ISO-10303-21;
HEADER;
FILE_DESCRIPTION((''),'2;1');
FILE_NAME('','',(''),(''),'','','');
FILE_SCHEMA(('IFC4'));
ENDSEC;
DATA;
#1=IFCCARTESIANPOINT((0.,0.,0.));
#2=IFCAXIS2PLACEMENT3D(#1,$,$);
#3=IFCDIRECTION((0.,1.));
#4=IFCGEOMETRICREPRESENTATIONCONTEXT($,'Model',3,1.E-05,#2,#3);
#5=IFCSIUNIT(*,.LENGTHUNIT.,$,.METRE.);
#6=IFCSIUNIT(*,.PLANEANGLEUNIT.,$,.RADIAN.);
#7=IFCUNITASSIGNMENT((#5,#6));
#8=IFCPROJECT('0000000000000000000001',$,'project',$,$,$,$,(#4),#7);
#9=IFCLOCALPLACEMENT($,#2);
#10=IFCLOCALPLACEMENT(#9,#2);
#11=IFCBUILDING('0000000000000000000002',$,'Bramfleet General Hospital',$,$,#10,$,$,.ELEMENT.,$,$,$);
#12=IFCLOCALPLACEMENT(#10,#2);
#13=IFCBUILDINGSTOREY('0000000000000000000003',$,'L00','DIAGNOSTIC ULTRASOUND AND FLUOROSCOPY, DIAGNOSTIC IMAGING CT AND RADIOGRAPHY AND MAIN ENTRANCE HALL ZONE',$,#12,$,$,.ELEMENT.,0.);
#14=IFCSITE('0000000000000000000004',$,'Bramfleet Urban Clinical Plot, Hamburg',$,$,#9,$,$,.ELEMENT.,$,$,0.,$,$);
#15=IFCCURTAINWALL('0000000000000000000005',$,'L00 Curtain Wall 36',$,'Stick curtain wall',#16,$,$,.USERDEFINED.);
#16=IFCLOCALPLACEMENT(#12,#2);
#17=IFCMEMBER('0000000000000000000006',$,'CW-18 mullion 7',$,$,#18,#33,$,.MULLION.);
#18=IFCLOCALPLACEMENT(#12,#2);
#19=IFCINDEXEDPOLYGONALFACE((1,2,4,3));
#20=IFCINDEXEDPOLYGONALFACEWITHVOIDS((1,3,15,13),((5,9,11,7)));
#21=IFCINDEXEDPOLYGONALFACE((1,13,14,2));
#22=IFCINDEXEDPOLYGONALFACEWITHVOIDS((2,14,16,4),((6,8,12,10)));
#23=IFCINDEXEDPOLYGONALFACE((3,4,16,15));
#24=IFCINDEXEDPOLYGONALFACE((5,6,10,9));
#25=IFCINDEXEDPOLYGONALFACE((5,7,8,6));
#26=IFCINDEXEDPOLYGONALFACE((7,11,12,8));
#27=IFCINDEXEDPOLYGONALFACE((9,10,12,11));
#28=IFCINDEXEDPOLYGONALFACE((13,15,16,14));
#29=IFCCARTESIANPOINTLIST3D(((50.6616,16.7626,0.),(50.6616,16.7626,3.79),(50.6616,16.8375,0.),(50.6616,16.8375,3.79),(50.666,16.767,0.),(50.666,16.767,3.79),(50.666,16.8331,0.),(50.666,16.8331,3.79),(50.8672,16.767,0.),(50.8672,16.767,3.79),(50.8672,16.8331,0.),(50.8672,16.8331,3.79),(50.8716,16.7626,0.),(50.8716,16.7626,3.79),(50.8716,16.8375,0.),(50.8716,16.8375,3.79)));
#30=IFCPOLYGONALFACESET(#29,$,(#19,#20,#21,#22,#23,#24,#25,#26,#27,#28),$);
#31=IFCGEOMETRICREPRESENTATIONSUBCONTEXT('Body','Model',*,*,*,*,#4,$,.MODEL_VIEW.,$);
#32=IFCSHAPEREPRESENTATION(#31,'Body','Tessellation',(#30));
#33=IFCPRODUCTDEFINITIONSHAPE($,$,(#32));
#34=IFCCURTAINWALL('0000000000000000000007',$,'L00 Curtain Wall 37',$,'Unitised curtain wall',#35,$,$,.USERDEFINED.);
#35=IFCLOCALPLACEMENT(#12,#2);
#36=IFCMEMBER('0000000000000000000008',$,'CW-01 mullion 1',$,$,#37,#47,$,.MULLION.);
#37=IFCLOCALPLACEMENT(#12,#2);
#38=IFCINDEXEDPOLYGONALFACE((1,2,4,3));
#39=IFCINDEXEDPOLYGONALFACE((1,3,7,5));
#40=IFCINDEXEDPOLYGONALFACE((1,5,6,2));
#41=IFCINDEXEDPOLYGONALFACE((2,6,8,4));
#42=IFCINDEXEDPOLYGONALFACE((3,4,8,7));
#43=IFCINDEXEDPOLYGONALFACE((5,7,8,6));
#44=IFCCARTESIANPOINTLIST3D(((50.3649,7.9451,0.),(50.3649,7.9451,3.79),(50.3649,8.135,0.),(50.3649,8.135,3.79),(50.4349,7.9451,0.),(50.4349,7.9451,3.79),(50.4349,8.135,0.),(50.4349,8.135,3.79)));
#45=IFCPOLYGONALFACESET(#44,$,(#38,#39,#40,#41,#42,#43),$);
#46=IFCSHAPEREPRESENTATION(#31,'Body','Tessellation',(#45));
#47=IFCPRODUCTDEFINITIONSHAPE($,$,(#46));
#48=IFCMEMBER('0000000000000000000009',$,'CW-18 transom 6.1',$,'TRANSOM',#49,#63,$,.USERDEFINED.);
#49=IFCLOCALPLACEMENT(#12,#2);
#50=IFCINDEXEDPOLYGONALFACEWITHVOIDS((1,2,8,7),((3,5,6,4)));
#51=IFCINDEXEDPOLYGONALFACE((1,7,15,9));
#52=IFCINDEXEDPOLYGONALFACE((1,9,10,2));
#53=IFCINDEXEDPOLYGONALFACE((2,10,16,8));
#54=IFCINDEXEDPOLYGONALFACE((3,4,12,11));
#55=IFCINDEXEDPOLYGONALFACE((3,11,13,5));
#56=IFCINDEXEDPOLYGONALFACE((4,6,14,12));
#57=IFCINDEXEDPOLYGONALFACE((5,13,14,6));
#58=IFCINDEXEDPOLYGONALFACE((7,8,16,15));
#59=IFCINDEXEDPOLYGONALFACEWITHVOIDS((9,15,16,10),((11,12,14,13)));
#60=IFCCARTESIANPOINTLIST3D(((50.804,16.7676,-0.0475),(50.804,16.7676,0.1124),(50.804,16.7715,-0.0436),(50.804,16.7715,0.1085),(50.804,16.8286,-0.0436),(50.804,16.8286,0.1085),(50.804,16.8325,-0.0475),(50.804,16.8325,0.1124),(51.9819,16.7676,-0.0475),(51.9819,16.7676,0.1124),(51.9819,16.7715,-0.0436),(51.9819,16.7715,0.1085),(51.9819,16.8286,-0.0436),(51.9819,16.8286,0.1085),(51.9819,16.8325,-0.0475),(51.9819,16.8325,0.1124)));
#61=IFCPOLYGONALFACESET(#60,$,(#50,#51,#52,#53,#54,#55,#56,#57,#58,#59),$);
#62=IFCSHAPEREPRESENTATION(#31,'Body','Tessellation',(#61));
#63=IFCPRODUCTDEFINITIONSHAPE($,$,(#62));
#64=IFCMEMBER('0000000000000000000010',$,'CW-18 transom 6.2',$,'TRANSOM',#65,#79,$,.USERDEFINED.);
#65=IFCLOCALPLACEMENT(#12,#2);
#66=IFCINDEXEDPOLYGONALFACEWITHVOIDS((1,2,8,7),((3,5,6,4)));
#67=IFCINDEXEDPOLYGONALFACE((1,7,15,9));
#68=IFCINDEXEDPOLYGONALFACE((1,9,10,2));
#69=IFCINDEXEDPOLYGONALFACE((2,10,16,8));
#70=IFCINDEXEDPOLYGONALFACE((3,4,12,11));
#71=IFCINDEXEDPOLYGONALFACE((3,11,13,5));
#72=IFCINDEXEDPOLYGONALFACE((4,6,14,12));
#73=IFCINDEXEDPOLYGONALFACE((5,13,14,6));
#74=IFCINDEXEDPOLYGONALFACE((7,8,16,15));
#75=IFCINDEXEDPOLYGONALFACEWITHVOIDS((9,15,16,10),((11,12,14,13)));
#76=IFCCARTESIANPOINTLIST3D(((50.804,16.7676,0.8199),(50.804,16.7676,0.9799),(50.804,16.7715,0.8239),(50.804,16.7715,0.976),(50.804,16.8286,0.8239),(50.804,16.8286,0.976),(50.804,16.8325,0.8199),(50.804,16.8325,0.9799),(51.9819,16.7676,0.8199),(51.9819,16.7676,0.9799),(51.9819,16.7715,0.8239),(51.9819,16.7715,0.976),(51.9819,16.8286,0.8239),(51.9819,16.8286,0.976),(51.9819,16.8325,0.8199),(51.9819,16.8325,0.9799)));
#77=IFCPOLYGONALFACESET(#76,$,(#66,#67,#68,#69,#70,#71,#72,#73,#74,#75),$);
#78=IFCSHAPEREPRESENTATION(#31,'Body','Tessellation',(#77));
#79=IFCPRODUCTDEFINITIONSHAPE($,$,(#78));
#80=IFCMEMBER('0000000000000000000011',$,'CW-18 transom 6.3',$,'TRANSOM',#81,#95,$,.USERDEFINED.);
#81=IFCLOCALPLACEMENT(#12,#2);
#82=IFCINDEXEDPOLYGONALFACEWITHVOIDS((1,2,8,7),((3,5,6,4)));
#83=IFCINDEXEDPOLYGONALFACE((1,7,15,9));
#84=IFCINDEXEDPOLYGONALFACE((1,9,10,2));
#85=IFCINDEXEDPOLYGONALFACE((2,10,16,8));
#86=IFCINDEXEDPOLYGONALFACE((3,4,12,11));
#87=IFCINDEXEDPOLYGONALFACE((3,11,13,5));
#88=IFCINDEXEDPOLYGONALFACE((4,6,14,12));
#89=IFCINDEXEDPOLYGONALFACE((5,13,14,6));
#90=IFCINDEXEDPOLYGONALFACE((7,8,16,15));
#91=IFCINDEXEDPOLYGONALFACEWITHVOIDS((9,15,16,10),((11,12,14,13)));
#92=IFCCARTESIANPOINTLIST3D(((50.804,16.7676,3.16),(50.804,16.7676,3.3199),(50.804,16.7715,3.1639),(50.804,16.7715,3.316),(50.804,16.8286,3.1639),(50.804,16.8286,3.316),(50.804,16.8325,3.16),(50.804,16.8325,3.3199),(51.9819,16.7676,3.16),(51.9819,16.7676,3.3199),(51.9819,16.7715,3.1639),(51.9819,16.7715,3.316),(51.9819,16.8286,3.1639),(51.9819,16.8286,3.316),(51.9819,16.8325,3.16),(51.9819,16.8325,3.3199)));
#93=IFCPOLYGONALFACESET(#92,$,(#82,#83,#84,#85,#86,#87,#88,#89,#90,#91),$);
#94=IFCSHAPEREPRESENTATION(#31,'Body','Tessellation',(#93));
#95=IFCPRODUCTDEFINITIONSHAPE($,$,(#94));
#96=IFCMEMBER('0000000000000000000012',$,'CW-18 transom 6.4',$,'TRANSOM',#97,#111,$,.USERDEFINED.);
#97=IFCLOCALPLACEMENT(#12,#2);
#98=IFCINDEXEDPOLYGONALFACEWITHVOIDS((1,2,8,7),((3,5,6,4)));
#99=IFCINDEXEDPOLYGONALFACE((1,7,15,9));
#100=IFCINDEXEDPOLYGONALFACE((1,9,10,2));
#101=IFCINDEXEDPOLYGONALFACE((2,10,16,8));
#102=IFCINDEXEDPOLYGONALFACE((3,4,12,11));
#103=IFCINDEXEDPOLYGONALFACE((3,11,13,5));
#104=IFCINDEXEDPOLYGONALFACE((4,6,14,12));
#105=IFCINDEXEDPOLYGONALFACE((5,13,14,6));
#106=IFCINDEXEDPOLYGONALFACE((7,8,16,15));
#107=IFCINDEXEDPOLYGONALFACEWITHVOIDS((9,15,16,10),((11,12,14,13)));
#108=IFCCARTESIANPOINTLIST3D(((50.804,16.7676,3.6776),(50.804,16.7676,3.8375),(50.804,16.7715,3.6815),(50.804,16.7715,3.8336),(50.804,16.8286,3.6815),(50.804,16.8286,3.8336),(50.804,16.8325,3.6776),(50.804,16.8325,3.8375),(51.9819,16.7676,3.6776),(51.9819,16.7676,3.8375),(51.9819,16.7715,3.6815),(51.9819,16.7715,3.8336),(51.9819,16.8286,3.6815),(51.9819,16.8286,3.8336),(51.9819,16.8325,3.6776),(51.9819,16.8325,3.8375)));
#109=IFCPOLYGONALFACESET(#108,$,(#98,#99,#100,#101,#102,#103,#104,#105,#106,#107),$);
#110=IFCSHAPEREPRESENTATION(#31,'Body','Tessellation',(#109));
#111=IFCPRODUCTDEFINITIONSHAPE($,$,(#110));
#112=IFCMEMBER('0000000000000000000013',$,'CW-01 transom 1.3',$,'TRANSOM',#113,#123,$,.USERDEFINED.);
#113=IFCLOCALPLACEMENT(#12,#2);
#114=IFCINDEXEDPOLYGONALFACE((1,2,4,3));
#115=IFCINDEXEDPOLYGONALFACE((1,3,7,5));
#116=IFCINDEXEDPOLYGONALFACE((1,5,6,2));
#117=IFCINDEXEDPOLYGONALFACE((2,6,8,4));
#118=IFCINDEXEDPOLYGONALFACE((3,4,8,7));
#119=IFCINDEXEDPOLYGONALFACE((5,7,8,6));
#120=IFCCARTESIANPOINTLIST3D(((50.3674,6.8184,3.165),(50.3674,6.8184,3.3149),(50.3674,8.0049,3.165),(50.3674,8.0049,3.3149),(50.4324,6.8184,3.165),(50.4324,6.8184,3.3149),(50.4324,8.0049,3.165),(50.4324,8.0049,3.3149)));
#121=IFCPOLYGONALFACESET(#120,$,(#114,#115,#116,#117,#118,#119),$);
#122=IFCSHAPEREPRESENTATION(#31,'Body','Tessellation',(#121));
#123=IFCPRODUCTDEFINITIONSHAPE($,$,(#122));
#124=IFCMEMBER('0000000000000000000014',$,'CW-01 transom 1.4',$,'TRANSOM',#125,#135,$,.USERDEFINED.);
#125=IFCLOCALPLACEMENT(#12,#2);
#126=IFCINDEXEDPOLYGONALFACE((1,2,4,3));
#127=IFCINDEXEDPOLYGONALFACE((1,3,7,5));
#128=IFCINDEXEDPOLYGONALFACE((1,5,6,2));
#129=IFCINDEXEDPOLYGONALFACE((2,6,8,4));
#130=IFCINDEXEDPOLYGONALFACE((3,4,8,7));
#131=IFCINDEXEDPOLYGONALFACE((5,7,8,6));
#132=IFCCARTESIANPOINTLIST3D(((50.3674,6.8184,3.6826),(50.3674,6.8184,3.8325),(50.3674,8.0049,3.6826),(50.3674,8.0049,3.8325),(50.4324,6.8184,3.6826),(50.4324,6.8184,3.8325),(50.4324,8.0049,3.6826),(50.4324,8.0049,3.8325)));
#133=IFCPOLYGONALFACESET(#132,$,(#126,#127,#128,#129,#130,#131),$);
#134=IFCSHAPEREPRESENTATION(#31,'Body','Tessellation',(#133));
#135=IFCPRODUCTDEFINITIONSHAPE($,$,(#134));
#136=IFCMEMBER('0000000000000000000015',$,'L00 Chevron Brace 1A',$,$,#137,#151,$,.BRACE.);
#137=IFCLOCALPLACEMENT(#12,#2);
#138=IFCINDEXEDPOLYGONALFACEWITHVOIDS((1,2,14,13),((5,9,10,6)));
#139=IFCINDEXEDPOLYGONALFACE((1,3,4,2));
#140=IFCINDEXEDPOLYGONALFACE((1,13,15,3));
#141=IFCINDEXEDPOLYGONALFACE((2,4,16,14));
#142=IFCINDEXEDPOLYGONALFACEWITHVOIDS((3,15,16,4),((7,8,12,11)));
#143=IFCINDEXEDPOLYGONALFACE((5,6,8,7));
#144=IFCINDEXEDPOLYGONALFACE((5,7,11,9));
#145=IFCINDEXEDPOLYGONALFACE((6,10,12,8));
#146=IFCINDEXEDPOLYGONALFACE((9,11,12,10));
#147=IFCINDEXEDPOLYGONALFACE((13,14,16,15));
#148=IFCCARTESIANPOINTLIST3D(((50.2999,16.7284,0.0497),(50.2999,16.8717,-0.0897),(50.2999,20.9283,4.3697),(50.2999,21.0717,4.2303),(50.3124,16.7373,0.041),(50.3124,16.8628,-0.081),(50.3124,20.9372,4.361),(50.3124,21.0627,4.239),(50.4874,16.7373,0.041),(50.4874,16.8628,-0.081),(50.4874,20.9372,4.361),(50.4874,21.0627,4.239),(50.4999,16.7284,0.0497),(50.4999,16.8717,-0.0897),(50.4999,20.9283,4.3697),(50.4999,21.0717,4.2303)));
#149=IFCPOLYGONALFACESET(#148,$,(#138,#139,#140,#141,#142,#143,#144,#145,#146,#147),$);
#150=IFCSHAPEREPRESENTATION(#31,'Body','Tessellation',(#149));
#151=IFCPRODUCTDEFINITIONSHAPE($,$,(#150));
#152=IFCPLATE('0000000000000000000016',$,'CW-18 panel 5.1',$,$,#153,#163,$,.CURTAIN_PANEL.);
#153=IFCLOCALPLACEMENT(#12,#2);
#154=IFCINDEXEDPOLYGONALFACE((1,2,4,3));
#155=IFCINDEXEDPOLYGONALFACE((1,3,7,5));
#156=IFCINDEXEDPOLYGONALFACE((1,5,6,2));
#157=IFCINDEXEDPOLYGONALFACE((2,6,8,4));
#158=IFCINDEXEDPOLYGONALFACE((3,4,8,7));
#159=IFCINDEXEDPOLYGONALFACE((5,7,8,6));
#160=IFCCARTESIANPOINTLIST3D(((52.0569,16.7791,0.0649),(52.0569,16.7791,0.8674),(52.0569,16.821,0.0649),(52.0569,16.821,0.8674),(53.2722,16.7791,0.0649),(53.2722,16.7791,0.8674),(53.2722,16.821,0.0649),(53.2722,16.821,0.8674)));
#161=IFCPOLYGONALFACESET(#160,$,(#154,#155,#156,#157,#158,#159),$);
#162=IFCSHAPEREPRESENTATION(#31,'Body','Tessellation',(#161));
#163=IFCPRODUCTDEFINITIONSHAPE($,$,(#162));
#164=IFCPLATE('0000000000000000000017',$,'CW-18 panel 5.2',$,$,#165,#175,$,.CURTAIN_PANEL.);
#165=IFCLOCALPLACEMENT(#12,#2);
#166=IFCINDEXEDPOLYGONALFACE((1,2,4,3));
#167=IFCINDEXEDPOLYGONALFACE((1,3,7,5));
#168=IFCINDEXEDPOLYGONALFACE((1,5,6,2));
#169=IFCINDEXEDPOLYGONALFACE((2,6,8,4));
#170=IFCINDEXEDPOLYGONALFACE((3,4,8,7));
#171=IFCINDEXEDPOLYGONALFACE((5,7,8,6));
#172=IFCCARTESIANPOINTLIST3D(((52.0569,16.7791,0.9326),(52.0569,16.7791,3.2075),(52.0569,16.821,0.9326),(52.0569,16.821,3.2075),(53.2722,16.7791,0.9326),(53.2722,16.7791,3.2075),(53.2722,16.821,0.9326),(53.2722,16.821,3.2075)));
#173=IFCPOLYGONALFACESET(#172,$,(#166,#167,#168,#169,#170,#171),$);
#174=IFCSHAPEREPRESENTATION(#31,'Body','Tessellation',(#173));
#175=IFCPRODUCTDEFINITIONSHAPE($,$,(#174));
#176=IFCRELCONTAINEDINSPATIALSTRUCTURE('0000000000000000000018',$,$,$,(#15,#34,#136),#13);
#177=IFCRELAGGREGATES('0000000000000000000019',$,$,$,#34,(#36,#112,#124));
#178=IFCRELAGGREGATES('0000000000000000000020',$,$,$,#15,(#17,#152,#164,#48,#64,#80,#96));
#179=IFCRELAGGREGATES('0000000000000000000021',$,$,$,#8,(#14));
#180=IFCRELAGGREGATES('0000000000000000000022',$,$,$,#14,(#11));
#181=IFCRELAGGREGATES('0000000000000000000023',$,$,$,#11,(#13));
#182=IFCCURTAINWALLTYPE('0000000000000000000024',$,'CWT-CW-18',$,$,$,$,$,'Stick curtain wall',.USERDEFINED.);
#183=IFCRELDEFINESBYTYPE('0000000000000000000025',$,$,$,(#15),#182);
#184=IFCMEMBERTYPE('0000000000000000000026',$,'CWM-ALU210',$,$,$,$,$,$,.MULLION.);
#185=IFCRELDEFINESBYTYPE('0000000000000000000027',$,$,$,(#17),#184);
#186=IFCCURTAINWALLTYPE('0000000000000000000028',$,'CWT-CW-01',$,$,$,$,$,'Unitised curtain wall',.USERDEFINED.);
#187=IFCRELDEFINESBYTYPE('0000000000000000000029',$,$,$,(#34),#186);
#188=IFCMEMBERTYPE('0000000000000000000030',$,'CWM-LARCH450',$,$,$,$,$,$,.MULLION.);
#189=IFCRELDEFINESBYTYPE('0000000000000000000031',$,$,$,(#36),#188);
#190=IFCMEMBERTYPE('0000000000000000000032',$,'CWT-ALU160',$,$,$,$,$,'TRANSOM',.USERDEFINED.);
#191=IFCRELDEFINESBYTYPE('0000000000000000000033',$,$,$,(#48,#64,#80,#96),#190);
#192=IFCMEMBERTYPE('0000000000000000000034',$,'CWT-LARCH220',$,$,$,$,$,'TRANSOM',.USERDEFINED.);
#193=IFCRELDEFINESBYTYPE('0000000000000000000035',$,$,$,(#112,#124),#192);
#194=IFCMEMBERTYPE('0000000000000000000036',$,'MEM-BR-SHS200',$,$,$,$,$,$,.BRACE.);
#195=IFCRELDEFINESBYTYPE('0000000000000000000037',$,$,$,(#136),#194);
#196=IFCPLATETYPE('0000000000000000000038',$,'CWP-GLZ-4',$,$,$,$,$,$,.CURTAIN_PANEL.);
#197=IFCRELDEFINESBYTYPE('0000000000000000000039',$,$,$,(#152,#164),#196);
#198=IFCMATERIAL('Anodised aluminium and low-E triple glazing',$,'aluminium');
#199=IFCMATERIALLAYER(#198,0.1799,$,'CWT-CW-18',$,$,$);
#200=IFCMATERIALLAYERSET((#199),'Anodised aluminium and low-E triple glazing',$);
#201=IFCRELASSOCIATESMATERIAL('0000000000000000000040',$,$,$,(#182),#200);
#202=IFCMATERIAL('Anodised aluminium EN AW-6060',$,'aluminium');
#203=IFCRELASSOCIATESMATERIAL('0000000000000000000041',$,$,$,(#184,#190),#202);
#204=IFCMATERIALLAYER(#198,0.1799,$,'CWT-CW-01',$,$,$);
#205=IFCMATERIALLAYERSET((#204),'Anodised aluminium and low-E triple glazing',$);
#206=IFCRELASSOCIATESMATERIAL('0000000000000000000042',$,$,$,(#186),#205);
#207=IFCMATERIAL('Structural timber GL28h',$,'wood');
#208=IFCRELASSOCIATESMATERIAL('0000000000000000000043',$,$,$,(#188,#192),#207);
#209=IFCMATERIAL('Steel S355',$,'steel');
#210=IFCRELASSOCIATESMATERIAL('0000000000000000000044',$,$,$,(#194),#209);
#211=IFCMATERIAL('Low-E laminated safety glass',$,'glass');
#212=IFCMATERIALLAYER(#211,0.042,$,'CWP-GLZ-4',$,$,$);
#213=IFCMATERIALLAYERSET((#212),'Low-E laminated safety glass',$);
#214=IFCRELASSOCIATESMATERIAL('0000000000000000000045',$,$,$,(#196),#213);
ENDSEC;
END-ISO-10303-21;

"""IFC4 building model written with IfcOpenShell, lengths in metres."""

from ifc_helpers import new_model, si_unit, direction, frame, origin, origin_2d, place, context, subcontext, project, spatial, rectangle, hollow_rectangle, extrude, material, layer, layer_set, material_profile, profile_set, type_object, element, aggregate, save


model = new_model("IFC4")

# Units and contexts
model_context = context("Model", 3, precision=1e-05, world=origin(), true_north=direction((0.0, 1.0)))
body_context = subcontext(model_context, "Body", "Model", "MODEL_VIEW")
ifc_project = project(units=[si_unit("LENGTHUNIT", "METRE"), si_unit("PLANEANGLEUNIT", "RADIAN")], contexts=[model_context])

# Site, building, storey
site_placement = place(None, origin())
site = spatial("IfcSite", under=ifc_project, at=site_placement, Name="Bramfleet Urban Clinical Plot, Hamburg", CompositionType="ELEMENT", RefElevation=0.0)
building_placement = place(site_placement, origin())
building = spatial("IfcBuilding", under=site, at=building_placement, Name="Bramfleet General Hospital", CompositionType="ELEMENT")
storey_placement = place(building_placement, origin())
storey = spatial("IfcBuildingStorey", under=building, at=storey_placement, Name="L00", Description="DIAGNOSTIC ULTRASOUND AND FLUOROSCOPY, DIAGNOSTIC IMAGING CT AND RADIOGRAPHY AND MAIN ENTRANCE HALL ZONE", CompositionType="ELEMENT", Elevation=0.0)

# Shared definitions
ifc_material_1 = material(Name="Steel S355", Category="steel")

# Curtain wall, member
ifc_material_2 = material(Name="Anodised aluminium and low-E triple glazing", Category="aluminium")
ifc_layer_1 = layer(ifc_material_2, 0.1799, Name="CWT-CW-18")
ifc_layer_set_1 = layer_set([ifc_layer_1], Name="Anodised aluminium and low-E triple glazing")
curtain_wall_type_1 = type_object("IfcCurtainWallType", Name="CWT-CW-18", ElementType="Stick curtain wall", PredefinedType="USERDEFINED", material=ifc_layer_set_1)
curtain_wall_1_placement = place(storey_placement, origin())
curtain_wall_1 = element("IfcCurtainWall", 1, at=curtain_wall_1_placement, inside=storey, type_object=curtain_wall_type_1, Name="L00 Curtain Wall 36", ObjectType="Stick curtain wall", PredefinedType="USERDEFINED")
ifc_material_3 = material(Name="Anodised aluminium EN AW-6060", Category="aluminium")
ifc_material_profile_1 = material_profile(ifc_material_3, hollow_rectangle(XDim=0.075, YDim=0.21, WallThickness=0.0044, at=origin_2d()), Name="ALU 210x75x4.5")
ifc_profile_set_1 = profile_set([ifc_material_profile_1], Name="Anodised aluminium EN AW-6060")
member_type_1 = type_object("IfcMemberType", Name="CWM-ALU210", PredefinedType="MULLION", material=ifc_profile_set_1)
member_1_placement = place(storey_placement, frame((50.7666, 16.8, 0.0), z_axis=(0.0, 0.0, 1.0), x_axis=(0.0, -1.0, 0.0)))
member_1 = element("IfcMember", 2, at=member_1_placement, type_object=member_type_1, Name="CW-18 mullion 7", PredefinedType="MULLION", context=body_context, shape_type="SweptSolid", body=[
    extrude(hollow_rectangle(XDim=0.075, YDim=0.21, WallThickness=0.0044, at=origin_2d()), origin(), (0.0, 0.0, 1.0), 3.79),
])

# Curtain wall, member
ifc_layer_2 = layer(ifc_material_2, 0.1799, Name="CWT-CW-01")
ifc_layer_set_2 = layer_set([ifc_layer_2], Name="Anodised aluminium and low-E triple glazing")
curtain_wall_type_2 = type_object("IfcCurtainWallType", Name="CWT-CW-01", ElementType="Unitised curtain wall", PredefinedType="USERDEFINED", material=ifc_layer_set_2)
curtain_wall_2_placement = place(storey_placement, origin())
curtain_wall_2 = element("IfcCurtainWall", 3, at=curtain_wall_2_placement, inside=storey, type_object=curtain_wall_type_2, Name="L00 Curtain Wall 37", ObjectType="Unitised curtain wall", PredefinedType="USERDEFINED")
ifc_material_4 = material(Name="Structural timber GL28h", Category="wood")
ifc_material_profile_2 = material_profile(ifc_material_4, rectangle(XDim=0.0701, YDim=0.1899, at=origin_2d()), Name="LARCH 190x70")
ifc_profile_set_2 = profile_set([ifc_material_profile_2], Name="Structural timber GL28h")
member_type_2 = type_object("IfcMemberType", Name="CWM-LARCH450", PredefinedType="MULLION", material=ifc_profile_set_2)
member_2_placement = place(storey_placement, frame((50.3999, 8.04, 0.0), z_axis=(0.0, 0.0, 1.0), x_axis=(1.0, 0.0, 0.0)))
member_2 = element("IfcMember", 4, at=member_2_placement, type_object=member_type_2, Name="CW-01 mullion 1", PredefinedType="MULLION", context=body_context, shape_type="SweptSolid", body=[
    extrude(rectangle(XDim=0.0701, YDim=0.1899, at=origin_2d()), origin(), (0.0, 0.0, 1.0), 3.79),
])

# Members
ifc_material_profile_3 = material_profile(ifc_material_3, hollow_rectangle(XDim=0.0649, YDim=0.1599, WallThickness=0.0039, at=origin_2d()), Name="ALU 160x65x4.0")
ifc_profile_set_3 = profile_set([ifc_material_profile_3], Name="Anodised aluminium EN AW-6060")
member_type_3 = type_object("IfcMemberType", Name="CWT-ALU160", ElementType="TRANSOM", PredefinedType="USERDEFINED", material=ifc_profile_set_3)
member_3_placement = place(storey_placement, frame((51.9819, 16.8, 0.0325), z_axis=(-1.0, 0.0, 0.0), x_axis=(0.0, -1.0, 0.0)))
member_3 = element("IfcMember", 5, at=member_3_placement, type_object=member_type_3, Name="CW-18 transom 6.1", ObjectType="TRANSOM", PredefinedType="USERDEFINED", context=body_context, shape_type="SweptSolid", body=[
    extrude(hollow_rectangle(XDim=0.0649, YDim=0.1599, WallThickness=0.0039, at=origin_2d()), origin(), (0.0, 0.0, 1.0), 1.178),
])
member_4_placement = place(storey_placement, frame((51.9819, 16.8, 0.8999), z_axis=(-1.0, 0.0, 0.0), x_axis=(0.0, -1.0, 0.0)))
member_4 = element("IfcMember", 6, at=member_4_placement, type_object=member_type_3, Name="CW-18 transom 6.2", ObjectType="TRANSOM", PredefinedType="USERDEFINED", context=body_context, shape_type="SweptSolid", body=[
    extrude(hollow_rectangle(XDim=0.0649, YDim=0.1599, WallThickness=0.0039, at=origin_2d()), origin(), (0.0, 0.0, 1.0), 1.178),
])
member_5_placement = place(storey_placement, frame((51.9819, 16.8, 3.24), z_axis=(-1.0, 0.0, 0.0), x_axis=(0.0, -1.0, 0.0)))
member_5 = element("IfcMember", 7, at=member_5_placement, type_object=member_type_3, Name="CW-18 transom 6.3", ObjectType="TRANSOM", PredefinedType="USERDEFINED", context=body_context, shape_type="SweptSolid", body=[
    extrude(hollow_rectangle(XDim=0.0649, YDim=0.1599, WallThickness=0.0039, at=origin_2d()), origin(), (0.0, 0.0, 1.0), 1.178),
])
member_6_placement = place(storey_placement, frame((51.9819, 16.8, 3.7576), z_axis=(-1.0, 0.0, 0.0), x_axis=(0.0, -1.0, 0.0)))
member_6 = element("IfcMember", 8, at=member_6_placement, type_object=member_type_3, Name="CW-18 transom 6.4", ObjectType="TRANSOM", PredefinedType="USERDEFINED", context=body_context, shape_type="SweptSolid", body=[
    extrude(hollow_rectangle(XDim=0.0649, YDim=0.1599, WallThickness=0.0039, at=origin_2d()), origin(), (0.0, 0.0, 1.0), 1.178),
])
ifc_material_profile_4 = material_profile(ifc_material_4, rectangle(XDim=0.0649, YDim=0.1499, at=origin_2d()), Name="LARCH 150x65")
ifc_profile_set_4 = profile_set([ifc_material_profile_4], Name="Structural timber GL28h")
member_type_4 = type_object("IfcMemberType", Name="CWT-LARCH220", ElementType="TRANSOM", PredefinedType="USERDEFINED", material=ifc_profile_set_4)
member_7_placement = place(storey_placement, frame((50.3999, 8.0049, 3.24), z_axis=(0.0, -1.0, 0.0), x_axis=(1.0, 0.0, 0.0)))
member_7 = element("IfcMember", 9, at=member_7_placement, type_object=member_type_4, Name="CW-01 transom 1.3", ObjectType="TRANSOM", PredefinedType="USERDEFINED", context=body_context, shape_type="SweptSolid", body=[
    extrude(rectangle(XDim=0.0649, YDim=0.1499, at=origin_2d()), origin(), (0.0, 0.0, 1.0), 1.1865),
])
member_8_placement = place(storey_placement, frame((50.3999, 8.0049, 3.7576), z_axis=(0.0, -1.0, 0.0), x_axis=(1.0, 0.0, 0.0)))
member_8 = element("IfcMember", 10, at=member_8_placement, type_object=member_type_4, Name="CW-01 transom 1.4", ObjectType="TRANSOM", PredefinedType="USERDEFINED", context=body_context, shape_type="SweptSolid", body=[
    extrude(rectangle(XDim=0.0649, YDim=0.1499, at=origin_2d()), origin(), (0.0, 0.0, 1.0), 1.1865),
])
aggregate(curtain_wall_2, [member_2, member_7, member_8])
ifc_material_profile_5 = material_profile(ifc_material_1, hollow_rectangle(XDim=0.2, YDim=0.2, WallThickness=0.0125, at=origin_2d()), Name="SHS 200x200x12.5")
ifc_profile_set_5 = profile_set([ifc_material_profile_5], Name="Steel S355")
member_type_5 = type_object("IfcMemberType", Name="MEM-BR-SHS200", PredefinedType="BRACE", material=ifc_profile_set_5)
member_9_placement = place(storey_placement, frame((50.3999, 16.8, -0.02), z_axis=(0.0, 0.697069, 0.717004), x_axis=(-1.0, 0.0, 0.0)))
element("IfcMember", 11, at=member_9_placement, inside=storey, type_object=member_type_5, Name="L00 Chevron Brace 1A", PredefinedType="BRACE", context=body_context, shape_type="SweptSolid", body=[
    extrude(hollow_rectangle(XDim=0.2, YDim=0.2, WallThickness=0.0125, at=origin_2d()), origin(), (0.0, 0.0, 1.0), 6.0251),
])

# Plates
ifc_material_5 = material(Name="Low-E laminated safety glass", Category="glass")
ifc_layer_3 = layer(ifc_material_5, 0.042, Name="CWP-GLZ-4")
ifc_layer_set_3 = layer_set([ifc_layer_3], Name="Low-E laminated safety glass")
plate_type_1 = type_object("IfcPlateType", Name="CWP-GLZ-4", PredefinedType="CURTAIN_PANEL", material=ifc_layer_set_3)
plate_1_placement = place(storey_placement, frame((52.6646, 16.8, 0.0649), z_axis=(0.0, 0.0, 1.0), x_axis=(-1.0, 0.0, 0.0)))
plate_1 = element("IfcPlate", 12, at=plate_1_placement, type_object=plate_type_1, Name="CW-18 panel 5.1", PredefinedType="CURTAIN_PANEL", context=body_context, shape_type="SweptSolid", body=[
    extrude(rectangle(XDim=1.2153, YDim=0.042, at=origin_2d()), origin(), (0.0, 0.0, 1.0), 0.8025),
])
plate_2_placement = place(storey_placement, frame((52.6646, 16.8, 0.9326), z_axis=(0.0, 0.0, 1.0), x_axis=(-1.0, 0.0, 0.0)))
plate_2 = element("IfcPlate", 13, at=plate_2_placement, type_object=plate_type_1, Name="CW-18 panel 5.2", PredefinedType="CURTAIN_PANEL", context=body_context, shape_type="SweptSolid", body=[
    extrude(rectangle(XDim=1.2153, YDim=0.042, at=origin_2d()), origin(), (0.0, 0.0, 1.0), 2.2749),
])
aggregate(curtain_wall_1, [member_1, plate_1, plate_2, member_3, member_4, member_5, member_6])

save(model, "model.ifc")
